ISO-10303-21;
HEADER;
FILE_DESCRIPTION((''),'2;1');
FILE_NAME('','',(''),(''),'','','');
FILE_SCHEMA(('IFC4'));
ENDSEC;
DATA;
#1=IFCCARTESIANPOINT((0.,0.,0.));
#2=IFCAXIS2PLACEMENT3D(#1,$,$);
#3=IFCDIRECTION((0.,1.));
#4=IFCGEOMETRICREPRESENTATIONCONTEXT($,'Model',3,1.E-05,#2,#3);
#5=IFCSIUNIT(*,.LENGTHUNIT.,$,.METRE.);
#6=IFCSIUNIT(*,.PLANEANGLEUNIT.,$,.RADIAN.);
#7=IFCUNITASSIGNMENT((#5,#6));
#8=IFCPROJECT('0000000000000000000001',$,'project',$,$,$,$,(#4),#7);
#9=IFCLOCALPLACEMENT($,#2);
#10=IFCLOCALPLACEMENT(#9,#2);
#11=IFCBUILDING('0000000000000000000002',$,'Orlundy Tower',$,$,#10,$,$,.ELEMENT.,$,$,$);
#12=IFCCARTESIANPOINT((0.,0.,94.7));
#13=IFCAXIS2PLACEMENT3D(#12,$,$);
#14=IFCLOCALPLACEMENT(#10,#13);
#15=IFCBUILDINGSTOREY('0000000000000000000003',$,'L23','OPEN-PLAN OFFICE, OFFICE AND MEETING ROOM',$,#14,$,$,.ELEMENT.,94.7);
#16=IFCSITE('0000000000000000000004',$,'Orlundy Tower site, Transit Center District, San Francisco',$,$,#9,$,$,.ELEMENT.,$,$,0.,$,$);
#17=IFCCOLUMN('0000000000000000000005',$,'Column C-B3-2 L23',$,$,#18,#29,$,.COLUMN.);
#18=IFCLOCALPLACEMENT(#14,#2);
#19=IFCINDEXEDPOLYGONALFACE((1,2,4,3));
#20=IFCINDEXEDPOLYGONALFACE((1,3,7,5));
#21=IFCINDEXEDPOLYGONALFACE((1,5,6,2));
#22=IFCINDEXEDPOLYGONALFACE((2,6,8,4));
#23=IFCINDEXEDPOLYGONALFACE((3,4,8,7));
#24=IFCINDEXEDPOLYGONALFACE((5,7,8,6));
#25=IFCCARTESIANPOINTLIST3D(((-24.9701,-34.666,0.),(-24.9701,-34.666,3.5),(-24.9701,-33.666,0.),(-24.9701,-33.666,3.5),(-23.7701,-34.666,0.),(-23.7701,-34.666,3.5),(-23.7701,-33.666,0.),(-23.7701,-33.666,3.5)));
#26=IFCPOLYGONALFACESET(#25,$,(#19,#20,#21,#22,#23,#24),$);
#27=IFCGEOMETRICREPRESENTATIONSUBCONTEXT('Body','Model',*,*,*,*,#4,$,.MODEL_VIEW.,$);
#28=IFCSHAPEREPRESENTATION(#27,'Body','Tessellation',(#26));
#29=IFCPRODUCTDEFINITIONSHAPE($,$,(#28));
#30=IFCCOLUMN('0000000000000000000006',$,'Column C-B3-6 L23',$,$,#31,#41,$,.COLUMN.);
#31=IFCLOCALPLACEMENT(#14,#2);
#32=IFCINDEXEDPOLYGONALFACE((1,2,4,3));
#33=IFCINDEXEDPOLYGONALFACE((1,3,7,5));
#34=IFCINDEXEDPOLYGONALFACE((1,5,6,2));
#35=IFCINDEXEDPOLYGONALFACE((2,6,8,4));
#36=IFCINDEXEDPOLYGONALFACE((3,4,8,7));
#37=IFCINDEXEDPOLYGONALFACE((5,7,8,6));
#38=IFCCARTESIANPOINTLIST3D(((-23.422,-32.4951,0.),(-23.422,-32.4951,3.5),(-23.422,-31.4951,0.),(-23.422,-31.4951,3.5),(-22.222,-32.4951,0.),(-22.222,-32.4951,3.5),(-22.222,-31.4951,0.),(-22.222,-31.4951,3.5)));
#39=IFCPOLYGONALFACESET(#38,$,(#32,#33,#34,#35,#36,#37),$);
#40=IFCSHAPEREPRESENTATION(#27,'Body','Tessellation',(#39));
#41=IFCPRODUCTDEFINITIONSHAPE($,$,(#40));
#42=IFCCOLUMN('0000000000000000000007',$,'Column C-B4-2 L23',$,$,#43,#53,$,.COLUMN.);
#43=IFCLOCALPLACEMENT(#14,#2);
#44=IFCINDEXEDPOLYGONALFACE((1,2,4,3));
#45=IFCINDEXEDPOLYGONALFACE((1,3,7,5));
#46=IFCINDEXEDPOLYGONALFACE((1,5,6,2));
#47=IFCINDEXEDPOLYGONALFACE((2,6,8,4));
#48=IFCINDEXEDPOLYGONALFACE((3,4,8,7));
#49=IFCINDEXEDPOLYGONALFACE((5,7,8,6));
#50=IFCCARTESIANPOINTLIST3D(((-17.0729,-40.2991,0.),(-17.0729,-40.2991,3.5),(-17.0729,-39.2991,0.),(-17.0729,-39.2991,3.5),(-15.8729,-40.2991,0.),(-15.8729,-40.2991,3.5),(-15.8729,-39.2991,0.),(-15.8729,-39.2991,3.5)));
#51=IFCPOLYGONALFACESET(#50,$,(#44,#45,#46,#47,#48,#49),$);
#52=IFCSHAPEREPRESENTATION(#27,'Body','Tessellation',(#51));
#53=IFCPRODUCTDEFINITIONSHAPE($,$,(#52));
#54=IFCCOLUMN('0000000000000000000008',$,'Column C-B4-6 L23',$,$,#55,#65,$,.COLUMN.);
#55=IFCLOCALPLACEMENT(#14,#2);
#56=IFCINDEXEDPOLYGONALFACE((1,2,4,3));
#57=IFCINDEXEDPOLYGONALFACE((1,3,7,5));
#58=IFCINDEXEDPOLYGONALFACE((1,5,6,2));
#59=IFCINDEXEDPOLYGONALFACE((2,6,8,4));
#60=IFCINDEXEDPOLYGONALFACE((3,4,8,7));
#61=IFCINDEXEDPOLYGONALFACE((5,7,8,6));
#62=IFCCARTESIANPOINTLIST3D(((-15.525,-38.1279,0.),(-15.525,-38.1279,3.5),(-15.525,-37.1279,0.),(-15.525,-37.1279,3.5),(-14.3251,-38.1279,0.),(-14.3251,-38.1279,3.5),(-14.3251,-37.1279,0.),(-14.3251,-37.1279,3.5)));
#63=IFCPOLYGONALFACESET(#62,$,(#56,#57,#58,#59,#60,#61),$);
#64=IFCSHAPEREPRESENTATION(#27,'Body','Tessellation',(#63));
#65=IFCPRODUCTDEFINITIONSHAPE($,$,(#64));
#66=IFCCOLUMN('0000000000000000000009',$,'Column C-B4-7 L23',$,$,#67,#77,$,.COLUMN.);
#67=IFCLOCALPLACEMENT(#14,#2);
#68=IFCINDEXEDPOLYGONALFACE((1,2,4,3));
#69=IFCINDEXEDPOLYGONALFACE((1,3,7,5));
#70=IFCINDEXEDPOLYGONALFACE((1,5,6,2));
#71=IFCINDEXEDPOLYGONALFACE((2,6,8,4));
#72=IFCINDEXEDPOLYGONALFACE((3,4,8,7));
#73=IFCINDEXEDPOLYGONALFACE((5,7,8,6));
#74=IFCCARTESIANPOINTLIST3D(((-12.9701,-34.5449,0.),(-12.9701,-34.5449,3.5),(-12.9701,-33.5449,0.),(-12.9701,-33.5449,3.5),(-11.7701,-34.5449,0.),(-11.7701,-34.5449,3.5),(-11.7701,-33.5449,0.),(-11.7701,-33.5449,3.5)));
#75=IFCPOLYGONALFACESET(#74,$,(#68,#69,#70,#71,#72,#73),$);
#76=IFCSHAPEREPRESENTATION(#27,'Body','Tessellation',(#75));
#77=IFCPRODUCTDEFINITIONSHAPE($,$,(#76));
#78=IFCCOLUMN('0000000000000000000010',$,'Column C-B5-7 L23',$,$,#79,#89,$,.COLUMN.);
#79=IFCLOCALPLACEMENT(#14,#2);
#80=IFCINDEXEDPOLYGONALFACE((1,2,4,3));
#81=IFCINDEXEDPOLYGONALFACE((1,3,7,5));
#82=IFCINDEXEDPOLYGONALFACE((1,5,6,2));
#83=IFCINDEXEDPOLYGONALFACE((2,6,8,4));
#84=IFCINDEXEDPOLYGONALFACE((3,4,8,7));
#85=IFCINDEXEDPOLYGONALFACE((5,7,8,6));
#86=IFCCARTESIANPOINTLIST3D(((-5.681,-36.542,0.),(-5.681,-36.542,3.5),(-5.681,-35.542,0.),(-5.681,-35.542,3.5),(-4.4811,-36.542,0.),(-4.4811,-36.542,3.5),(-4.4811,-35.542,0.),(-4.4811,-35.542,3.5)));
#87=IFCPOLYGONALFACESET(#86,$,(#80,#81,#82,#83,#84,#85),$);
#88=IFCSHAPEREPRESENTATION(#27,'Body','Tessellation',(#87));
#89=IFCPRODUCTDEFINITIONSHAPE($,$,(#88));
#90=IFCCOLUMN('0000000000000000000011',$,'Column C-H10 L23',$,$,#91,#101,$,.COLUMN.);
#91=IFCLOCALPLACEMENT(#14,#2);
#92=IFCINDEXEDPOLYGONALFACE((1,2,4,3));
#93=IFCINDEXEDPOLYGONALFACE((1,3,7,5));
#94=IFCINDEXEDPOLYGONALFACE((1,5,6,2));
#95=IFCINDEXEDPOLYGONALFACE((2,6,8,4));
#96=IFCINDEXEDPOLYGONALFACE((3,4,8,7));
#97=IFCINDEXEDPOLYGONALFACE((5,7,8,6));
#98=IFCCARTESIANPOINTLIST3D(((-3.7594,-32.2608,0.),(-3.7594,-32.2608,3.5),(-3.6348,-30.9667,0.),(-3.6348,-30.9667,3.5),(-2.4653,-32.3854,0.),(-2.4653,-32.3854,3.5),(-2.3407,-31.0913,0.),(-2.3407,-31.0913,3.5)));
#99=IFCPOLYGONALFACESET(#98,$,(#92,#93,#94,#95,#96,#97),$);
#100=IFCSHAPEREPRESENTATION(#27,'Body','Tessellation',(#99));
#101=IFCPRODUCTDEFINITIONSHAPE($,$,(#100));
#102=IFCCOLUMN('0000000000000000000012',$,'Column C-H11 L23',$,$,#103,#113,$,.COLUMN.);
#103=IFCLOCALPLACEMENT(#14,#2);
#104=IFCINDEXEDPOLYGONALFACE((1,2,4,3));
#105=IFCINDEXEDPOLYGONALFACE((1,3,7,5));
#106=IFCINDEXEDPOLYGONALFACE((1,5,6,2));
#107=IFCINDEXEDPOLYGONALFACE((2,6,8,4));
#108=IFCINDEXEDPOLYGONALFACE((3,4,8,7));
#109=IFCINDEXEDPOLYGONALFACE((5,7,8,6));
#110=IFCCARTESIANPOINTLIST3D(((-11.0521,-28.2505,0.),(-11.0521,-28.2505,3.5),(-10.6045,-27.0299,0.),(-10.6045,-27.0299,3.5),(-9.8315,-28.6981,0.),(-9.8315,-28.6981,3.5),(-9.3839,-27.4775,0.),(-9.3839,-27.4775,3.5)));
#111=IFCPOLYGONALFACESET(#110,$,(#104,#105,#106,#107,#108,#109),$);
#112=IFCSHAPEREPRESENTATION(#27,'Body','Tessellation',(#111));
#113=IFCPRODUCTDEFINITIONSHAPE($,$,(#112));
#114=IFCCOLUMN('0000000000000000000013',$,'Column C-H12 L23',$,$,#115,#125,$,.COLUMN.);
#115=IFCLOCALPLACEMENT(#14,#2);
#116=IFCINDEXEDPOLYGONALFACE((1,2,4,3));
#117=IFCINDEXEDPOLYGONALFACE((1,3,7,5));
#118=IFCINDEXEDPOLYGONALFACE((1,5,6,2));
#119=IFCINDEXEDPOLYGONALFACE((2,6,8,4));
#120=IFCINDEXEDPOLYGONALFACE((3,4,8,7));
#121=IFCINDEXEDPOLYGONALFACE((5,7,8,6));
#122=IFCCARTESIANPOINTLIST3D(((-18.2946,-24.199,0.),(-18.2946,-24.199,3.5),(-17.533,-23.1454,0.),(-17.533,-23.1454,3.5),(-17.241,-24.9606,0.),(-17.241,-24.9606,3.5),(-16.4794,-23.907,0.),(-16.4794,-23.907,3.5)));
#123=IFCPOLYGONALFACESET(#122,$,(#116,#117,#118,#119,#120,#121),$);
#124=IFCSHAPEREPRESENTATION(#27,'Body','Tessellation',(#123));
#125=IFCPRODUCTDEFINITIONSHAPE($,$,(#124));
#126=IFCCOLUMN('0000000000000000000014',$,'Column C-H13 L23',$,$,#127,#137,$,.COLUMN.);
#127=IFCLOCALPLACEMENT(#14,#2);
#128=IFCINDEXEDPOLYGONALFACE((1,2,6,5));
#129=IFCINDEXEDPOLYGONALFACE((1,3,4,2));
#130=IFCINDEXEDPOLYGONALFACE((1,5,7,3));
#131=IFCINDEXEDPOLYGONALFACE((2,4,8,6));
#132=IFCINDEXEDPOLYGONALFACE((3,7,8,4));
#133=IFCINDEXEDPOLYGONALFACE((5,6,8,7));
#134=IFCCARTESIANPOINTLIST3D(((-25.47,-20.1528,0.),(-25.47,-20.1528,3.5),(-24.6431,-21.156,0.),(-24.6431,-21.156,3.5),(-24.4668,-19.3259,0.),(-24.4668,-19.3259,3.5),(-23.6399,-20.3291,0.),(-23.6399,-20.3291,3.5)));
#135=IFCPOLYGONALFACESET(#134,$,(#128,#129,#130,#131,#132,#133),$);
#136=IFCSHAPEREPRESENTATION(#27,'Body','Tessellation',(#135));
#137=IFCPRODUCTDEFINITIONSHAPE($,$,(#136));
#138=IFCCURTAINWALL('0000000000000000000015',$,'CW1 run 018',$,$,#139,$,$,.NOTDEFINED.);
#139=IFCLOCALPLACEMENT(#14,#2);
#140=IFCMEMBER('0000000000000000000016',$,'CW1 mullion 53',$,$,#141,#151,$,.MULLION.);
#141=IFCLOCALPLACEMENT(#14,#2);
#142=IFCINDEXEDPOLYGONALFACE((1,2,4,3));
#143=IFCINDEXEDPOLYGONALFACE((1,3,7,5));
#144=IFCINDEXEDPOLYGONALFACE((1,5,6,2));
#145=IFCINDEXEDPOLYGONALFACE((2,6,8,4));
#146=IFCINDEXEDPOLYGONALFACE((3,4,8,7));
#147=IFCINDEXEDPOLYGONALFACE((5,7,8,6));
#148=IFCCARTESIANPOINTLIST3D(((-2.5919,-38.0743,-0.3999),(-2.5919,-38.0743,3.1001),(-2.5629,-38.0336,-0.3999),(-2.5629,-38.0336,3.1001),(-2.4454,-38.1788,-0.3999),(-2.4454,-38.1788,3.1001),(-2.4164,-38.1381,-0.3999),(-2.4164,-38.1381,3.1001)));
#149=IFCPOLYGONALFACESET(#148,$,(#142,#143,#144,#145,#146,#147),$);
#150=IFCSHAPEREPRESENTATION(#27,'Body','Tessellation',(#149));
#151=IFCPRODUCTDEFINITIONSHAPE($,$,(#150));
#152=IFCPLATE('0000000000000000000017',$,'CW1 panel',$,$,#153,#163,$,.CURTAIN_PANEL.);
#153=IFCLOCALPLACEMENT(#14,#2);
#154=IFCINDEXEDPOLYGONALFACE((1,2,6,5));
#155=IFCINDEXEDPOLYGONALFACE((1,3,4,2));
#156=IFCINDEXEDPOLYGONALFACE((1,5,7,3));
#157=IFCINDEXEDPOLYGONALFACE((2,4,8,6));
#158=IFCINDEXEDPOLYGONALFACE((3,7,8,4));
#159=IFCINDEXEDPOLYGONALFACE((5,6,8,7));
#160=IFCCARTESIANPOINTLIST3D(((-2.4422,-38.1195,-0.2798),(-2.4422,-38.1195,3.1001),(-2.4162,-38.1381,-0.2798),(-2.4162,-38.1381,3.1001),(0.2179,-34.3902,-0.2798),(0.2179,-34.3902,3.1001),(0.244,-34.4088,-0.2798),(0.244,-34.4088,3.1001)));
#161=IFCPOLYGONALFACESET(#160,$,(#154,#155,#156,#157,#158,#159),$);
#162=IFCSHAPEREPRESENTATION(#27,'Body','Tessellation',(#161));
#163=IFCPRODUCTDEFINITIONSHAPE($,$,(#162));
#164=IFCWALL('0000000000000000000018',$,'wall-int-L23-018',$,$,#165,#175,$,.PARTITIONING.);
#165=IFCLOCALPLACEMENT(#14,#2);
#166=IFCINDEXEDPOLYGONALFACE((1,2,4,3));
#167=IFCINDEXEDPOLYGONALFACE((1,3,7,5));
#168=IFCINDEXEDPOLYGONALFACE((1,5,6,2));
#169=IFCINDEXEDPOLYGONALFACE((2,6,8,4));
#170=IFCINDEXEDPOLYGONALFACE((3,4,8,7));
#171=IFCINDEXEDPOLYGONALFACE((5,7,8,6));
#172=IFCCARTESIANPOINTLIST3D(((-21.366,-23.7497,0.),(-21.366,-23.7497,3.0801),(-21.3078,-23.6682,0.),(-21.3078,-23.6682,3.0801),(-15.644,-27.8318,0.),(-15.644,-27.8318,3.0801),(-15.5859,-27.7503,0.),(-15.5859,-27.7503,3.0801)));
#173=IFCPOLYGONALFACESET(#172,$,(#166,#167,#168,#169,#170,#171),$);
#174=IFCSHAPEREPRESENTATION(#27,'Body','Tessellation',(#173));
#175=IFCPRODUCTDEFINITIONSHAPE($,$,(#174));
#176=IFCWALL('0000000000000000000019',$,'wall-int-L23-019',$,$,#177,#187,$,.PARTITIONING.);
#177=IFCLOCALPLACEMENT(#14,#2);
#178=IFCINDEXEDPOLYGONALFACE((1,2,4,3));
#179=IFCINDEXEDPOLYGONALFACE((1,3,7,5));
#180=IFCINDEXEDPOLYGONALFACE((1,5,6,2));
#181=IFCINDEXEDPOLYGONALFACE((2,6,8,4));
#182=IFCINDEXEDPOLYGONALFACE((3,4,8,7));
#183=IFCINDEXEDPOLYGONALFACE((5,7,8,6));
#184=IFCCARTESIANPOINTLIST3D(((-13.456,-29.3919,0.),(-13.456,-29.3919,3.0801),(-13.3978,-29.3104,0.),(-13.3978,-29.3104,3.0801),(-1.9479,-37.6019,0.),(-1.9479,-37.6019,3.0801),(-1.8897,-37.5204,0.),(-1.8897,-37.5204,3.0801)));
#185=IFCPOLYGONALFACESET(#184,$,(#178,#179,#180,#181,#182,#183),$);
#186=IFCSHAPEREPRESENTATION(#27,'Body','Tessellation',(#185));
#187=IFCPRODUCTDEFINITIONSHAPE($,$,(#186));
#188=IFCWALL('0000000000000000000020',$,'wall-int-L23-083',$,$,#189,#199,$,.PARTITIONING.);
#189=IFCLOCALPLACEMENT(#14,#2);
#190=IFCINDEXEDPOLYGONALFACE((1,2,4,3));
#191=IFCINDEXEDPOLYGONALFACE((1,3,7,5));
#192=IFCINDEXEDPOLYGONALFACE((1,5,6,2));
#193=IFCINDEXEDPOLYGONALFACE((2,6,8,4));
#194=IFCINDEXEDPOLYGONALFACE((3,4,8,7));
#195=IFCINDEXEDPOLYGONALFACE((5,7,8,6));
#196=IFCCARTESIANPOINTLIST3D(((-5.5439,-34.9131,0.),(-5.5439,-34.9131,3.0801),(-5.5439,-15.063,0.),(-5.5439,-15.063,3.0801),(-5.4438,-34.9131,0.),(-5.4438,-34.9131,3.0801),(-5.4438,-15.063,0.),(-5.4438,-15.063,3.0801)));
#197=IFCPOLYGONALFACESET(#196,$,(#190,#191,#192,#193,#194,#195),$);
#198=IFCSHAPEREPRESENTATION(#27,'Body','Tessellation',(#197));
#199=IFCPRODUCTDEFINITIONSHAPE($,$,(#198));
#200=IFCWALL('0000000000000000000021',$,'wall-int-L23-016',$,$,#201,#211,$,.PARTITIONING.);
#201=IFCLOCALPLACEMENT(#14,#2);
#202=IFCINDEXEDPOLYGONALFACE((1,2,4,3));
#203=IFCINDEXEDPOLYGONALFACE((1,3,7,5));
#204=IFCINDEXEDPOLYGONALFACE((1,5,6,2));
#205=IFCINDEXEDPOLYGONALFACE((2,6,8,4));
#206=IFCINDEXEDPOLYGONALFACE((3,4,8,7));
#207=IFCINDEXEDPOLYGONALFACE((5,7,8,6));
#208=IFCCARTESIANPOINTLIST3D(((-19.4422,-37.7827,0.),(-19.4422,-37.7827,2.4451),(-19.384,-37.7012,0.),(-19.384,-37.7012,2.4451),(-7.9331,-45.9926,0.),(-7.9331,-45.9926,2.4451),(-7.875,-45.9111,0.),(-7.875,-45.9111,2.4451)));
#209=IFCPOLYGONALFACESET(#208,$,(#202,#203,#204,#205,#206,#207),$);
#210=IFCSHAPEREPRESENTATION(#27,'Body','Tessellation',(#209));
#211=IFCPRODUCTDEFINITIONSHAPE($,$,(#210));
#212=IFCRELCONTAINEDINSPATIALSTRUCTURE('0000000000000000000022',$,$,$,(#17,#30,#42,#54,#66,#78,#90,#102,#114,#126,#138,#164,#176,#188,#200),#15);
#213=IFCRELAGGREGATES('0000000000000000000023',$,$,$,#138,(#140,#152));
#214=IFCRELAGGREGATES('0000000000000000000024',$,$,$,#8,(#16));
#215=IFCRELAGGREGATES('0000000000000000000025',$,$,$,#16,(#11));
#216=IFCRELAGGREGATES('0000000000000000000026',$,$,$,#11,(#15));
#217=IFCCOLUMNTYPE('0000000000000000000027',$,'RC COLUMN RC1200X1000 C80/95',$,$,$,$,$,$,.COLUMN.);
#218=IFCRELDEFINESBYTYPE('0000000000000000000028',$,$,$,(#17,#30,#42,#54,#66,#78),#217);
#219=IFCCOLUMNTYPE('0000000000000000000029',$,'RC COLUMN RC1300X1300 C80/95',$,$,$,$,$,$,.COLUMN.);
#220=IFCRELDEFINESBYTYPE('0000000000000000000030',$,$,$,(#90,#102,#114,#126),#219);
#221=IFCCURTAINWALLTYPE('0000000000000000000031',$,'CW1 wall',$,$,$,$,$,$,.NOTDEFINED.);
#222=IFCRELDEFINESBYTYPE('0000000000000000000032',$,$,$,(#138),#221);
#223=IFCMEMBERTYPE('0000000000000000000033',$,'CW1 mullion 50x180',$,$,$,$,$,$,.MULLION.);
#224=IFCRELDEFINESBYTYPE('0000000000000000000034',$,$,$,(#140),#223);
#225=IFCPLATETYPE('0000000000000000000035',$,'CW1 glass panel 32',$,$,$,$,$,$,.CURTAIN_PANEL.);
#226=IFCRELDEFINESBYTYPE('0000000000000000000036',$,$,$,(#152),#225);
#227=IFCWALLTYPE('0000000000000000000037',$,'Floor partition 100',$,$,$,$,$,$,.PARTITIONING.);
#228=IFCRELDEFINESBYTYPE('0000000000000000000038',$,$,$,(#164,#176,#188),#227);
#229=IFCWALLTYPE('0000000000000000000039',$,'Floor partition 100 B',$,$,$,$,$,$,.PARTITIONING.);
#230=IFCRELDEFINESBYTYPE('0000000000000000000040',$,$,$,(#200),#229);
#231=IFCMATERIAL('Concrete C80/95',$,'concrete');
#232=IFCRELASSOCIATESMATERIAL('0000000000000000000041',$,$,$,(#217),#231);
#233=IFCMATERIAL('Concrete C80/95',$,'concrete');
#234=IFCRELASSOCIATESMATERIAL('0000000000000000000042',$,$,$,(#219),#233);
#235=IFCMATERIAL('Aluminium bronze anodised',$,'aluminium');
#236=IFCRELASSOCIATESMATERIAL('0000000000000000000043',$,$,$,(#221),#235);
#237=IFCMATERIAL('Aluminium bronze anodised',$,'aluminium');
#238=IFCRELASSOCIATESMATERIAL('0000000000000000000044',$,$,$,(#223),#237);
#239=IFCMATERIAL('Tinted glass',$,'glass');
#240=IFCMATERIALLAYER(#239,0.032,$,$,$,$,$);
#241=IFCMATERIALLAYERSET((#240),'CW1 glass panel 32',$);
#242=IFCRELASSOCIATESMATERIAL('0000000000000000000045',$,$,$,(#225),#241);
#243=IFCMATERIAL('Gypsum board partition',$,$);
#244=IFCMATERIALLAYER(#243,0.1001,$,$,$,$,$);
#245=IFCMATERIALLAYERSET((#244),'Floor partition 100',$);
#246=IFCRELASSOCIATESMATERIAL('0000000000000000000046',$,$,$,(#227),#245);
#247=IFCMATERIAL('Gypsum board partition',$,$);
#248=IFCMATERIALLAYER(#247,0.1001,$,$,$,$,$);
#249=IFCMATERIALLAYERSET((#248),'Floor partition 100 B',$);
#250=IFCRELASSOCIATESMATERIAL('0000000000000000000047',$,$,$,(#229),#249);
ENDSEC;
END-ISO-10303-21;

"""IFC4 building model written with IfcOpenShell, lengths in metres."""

from ifc_helpers import new_model, si_unit, direction, frame, frame_2d, origin, origin_2d, place, context, subcontext, project, spatial, rectangle, extrude, material, layer, layer_set, material_profile, profile_set, type_object, element, aggregate, save


model = new_model("IFC4")

# Units and contexts
model_context = context("Model", 3, precision=1e-05, world=origin(), true_north=direction((0.0, 1.0)))
body_context = subcontext(model_context, "Body", "Model", "MODEL_VIEW")
ifc_project = project(units=[si_unit("LENGTHUNIT", "METRE"), si_unit("PLANEANGLEUNIT", "RADIAN")], contexts=[model_context])

# Site, building, storey
site_placement = place(None, origin())
site = spatial("IfcSite", under=ifc_project, at=site_placement, Name="Orlundy Tower site, Transit Center District, San Francisco", CompositionType="ELEMENT", RefElevation=0.0)
building_placement = place(site_placement, origin())
building = spatial("IfcBuilding", under=site, at=building_placement, Name="Orlundy Tower", CompositionType="ELEMENT")
storey_placement = place(building_placement, frame((0.0, 0.0, 94.7)))
storey = spatial("IfcBuildingStorey", under=building, at=storey_placement, Name="L23", Description="OPEN-PLAN OFFICE, OFFICE AND MEETING ROOM", CompositionType="ELEMENT", Elevation=94.7)

# Columns
ifc_material_1 = material(Name="Concrete C80/95", Category="concrete")
ifc_material_profile_1 = material_profile(ifc_material_1, rectangle(XDim=1.2, YDim=1.0, at=origin_2d()), Name="RC1200X1000")
ifc_profile_set_1 = profile_set([ifc_material_profile_1], Name="Concrete C80/95")
column_type_1 = type_object("IfcColumnType", Name="RC COLUMN RC1200X1000 C80/95", PredefinedType="COLUMN", material=ifc_profile_set_1)
for number, where, z_axis, x_axis, name in (
    (1, (-24.3701, -34.166, 0.0), (0.0, 0.0, 1.0), (1.0, 0.0, 0.0), "Column C-B3-2 L23"),
    (2, (-22.822, -31.9951, 0.0), (0.0, 0.0, 1.0), (1.0, 0.0, 0.0), "Column C-B3-6 L23"),
    (3, (-16.4729, -39.7991, 0.0), (0.0, 0.0, 1.0), (1.0, 0.0, 0.0), "Column C-B4-2 L23"),
    (4, (-14.925, -37.6279, 0.0), (0.0, 0.0, 1.0), (1.0, 0.0, 0.0), "Column C-B4-6 L23"),
    (5, (-12.3701, -34.0449, 0.0), (0.0, 0.0, 1.0), (1.0, 0.0, 0.0), "Column C-B4-7 L23"),
    (6, (-5.0811, -36.042, 0.0), (0.0, 0.0, 1.0), (1.0, 0.0, 0.0), "Column C-B5-7 L23"),
):
    element("IfcColumn", number, at=place(storey_placement, frame(where, z_axis=z_axis, x_axis=x_axis)), inside=storey, type_object=column_type_1, Name=name, PredefinedType="COLUMN", context=body_context, shape_type="SweptSolid", body=[
        extrude(rectangle(XDim=1.2, YDim=1.0, at=origin_2d()), origin(), (0.0, 0.0, 1.0), 3.5),
    ])
ifc_material_2 = material(Name="Concrete C80/95", Category="concrete")
ifc_material_profile_2 = material_profile(ifc_material_2, rectangle(XDim=1.3, YDim=1.3, at=origin_2d()), Name="RC1300X1300")
ifc_profile_set_2 = profile_set([ifc_material_profile_2], Name="Concrete C80/95")
column_type_2 = type_object("IfcColumnType", Name="RC COLUMN RC1300X1300 C80/95", PredefinedType="COLUMN", material=ifc_profile_set_2)
for number, where, z_axis, x_axis, name in (
    (7, (-3.05, -31.676, 0.0), (0.0, 0.0, 1.0), (-0.095846, -0.995396, 0.0), "Column C-H10 L23"),
    (8, (-10.218, -27.864, 0.0), (0.0, 0.0, 1.0), (-0.344282, -0.938866, 0.0), "Column C-H11 L23"),
    (9, (-17.387, -24.053, 0.0), (0.0, 0.0, 1.0), (-0.585835, -0.81043, 0.0), "Column C-H12 L23"),
    (10, (-24.5549, -20.241, 0.0), (0.0, 0.0, 1.0), (-0.771636, -0.636065, 0.0), "Column C-H13 L23"),
):
    element("IfcColumn", number, at=place(storey_placement, frame(where, z_axis=z_axis, x_axis=x_axis)), inside=storey, type_object=column_type_2, Name=name, PredefinedType="COLUMN", context=body_context, shape_type="SweptSolid", body=[
        extrude(rectangle(XDim=1.3, YDim=1.3, at=origin_2d()), origin(), (0.0, 0.0, 1.0), 3.5),
    ])

# Curtain wall, member, plate
ifc_material_3 = material(Name="Aluminium bronze anodised", Category="aluminium")
curtain_wall_type = type_object("IfcCurtainWallType", Name="CW1 wall", PredefinedType="NOTDEFINED", material=ifc_material_3)
curtain_wall_placement = place(storey_placement, origin())
curtain_wall = element("IfcCurtainWall", 11, at=curtain_wall_placement, inside=storey, type_object=curtain_wall_type, Name="CW1 run 018", PredefinedType="NOTDEFINED")
ifc_material_4 = material(Name="Aluminium bronze anodised", Category="aluminium")
ifc_material_profile_3 = material_profile(ifc_material_4, rectangle(XDim=0.1799, YDim=0.05, at=origin_2d()), Name="CW1 mullion 50x180")
ifc_profile_set_3 = profile_set([ifc_material_profile_3], Name="Aluminium bronze anodised")
member_type = type_object("IfcMemberType", Name="CW1 mullion 50x180", PredefinedType="MULLION", material=ifc_profile_set_3)
member_placement = place(storey_placement, frame((-2.5042, -38.1062, -0.3999), z_axis=(0.0, 0.0, 1.0), x_axis=(0.81411, -0.58071, 0.0)))
member = element("IfcMember", 12, at=member_placement, type_object=member_type, Name="CW1 mullion 53", PredefinedType="MULLION", context=body_context, shape_type="SweptSolid", body=[
    extrude(rectangle(XDim=0.1799, YDim=0.05, at=origin_2d()), origin(), (0.0, 0.0, 1.0), 3.5),
])
ifc_material_5 = material(Name="Tinted glass", Category="glass")
ifc_layer_1 = layer(ifc_material_5, 0.032)
ifc_layer_set_1 = layer_set([ifc_layer_1], Name="CW1 glass panel 32")
plate_type = type_object("IfcPlateType", Name="CW1 glass panel 32", PredefinedType="CURTAIN_PANEL", material=ifc_layer_set_1)
plate_placement = place(storey_placement, frame((-1.0991, -36.2642, -0.2798), z_axis=(0.0, 0.0, 1.0), x_axis=(-0.58071, -0.81411, 0.0)))
plate = element("IfcPlate", 13, at=plate_placement, type_object=plate_type, Name="CW1 panel", PredefinedType="CURTAIN_PANEL", context=body_context, shape_type="SweptSolid", body=[
    extrude(rectangle(XDim=4.5808, YDim=0.032, at=origin_2d()), origin(), (0.0, 0.0, 1.0), 3.3799),
])
aggregate(curtain_wall, [member, plate])

# Walls
ifc_material_6 = material(Name="Gypsum board partition")
ifc_layer_2 = layer(ifc_material_6, 0.1001)
ifc_layer_set_2 = layer_set([ifc_layer_2], Name="Floor partition 100")
wall_type_1 = type_object("IfcWallType", Name="Floor partition 100", PredefinedType="PARTITIONING", material=ifc_layer_set_2)
wall_1_placement = place(storey_placement, frame((-21.3369, -23.709, 0.0), z_axis=(0.0, 0.0, 1.0), x_axis=(0.814074, -0.580762, 0.0)))
element("IfcWall", 14, at=wall_1_placement, inside=storey, type_object=wall_type_1, Name="wall-int-L23-018", PredefinedType="PARTITIONING", context=body_context, shape_type="SweptSolid", body=[
    extrude(rectangle(XDim=7.0288, YDim=0.1001, at=frame_2d((3.5144, 0.0))), origin(), (0.0, 0.0, 1.0), 3.0801),
])
wall_2_placement = place(storey_placement, frame((-13.427, -29.3511, 0.0), z_axis=(0.0, 0.0, 1.0), x_axis=(0.814071, -0.580766, 0.0)))
element("IfcWall", 15, at=wall_2_placement, inside=storey, type_object=wall_type_1, Name="wall-int-L23-019", PredefinedType="PARTITIONING", context=body_context, shape_type="SweptSolid", body=[
    extrude(rectangle(XDim=14.1365, YDim=0.1001, at=frame_2d((7.0684, 0.0))), origin(), (0.0, 0.0, 1.0), 3.0801),
])
wall_3_placement = place(storey_placement, frame((-5.4939, -34.9131, 0.0), z_axis=(0.0, 0.0, 1.0), x_axis=(0.0, 1.0, 0.0)))
element("IfcWall", 16, at=wall_3_placement, inside=storey, type_object=wall_type_1, Name="wall-int-L23-083", PredefinedType="PARTITIONING", context=body_context, shape_type="SweptSolid", body=[
    extrude(rectangle(XDim=19.8501, YDim=0.1001, at=frame_2d((9.925, 0.0))), origin(), (0.0, 0.0, 1.0), 3.0801),
])
ifc_material_7 = material(Name="Gypsum board partition")
ifc_layer_3 = layer(ifc_material_7, 0.1001)
ifc_layer_set_3 = layer_set([ifc_layer_3], Name="Floor partition 100 B")
wall_type_2 = type_object("IfcWallType", Name="Floor partition 100 B", PredefinedType="PARTITIONING", material=ifc_layer_set_3)
wall_4_placement = place(storey_placement, frame((-19.4131, -37.7419, 0.0), z_axis=(0.0, 0.0, 1.0), x_axis=(0.814094, -0.580733, 0.0)))
element("IfcWall", 17, at=wall_4_placement, inside=storey, type_object=wall_type_2, Name="wall-int-L23-016", PredefinedType="PARTITIONING", context=body_context, shape_type="SweptSolid", body=[
    extrude(rectangle(XDim=14.1372, YDim=0.1001, at=frame_2d((7.0686, 0.0))), origin(), (0.0, 0.0, 1.0), 2.4451),
])

save(model, "model.ifc")
